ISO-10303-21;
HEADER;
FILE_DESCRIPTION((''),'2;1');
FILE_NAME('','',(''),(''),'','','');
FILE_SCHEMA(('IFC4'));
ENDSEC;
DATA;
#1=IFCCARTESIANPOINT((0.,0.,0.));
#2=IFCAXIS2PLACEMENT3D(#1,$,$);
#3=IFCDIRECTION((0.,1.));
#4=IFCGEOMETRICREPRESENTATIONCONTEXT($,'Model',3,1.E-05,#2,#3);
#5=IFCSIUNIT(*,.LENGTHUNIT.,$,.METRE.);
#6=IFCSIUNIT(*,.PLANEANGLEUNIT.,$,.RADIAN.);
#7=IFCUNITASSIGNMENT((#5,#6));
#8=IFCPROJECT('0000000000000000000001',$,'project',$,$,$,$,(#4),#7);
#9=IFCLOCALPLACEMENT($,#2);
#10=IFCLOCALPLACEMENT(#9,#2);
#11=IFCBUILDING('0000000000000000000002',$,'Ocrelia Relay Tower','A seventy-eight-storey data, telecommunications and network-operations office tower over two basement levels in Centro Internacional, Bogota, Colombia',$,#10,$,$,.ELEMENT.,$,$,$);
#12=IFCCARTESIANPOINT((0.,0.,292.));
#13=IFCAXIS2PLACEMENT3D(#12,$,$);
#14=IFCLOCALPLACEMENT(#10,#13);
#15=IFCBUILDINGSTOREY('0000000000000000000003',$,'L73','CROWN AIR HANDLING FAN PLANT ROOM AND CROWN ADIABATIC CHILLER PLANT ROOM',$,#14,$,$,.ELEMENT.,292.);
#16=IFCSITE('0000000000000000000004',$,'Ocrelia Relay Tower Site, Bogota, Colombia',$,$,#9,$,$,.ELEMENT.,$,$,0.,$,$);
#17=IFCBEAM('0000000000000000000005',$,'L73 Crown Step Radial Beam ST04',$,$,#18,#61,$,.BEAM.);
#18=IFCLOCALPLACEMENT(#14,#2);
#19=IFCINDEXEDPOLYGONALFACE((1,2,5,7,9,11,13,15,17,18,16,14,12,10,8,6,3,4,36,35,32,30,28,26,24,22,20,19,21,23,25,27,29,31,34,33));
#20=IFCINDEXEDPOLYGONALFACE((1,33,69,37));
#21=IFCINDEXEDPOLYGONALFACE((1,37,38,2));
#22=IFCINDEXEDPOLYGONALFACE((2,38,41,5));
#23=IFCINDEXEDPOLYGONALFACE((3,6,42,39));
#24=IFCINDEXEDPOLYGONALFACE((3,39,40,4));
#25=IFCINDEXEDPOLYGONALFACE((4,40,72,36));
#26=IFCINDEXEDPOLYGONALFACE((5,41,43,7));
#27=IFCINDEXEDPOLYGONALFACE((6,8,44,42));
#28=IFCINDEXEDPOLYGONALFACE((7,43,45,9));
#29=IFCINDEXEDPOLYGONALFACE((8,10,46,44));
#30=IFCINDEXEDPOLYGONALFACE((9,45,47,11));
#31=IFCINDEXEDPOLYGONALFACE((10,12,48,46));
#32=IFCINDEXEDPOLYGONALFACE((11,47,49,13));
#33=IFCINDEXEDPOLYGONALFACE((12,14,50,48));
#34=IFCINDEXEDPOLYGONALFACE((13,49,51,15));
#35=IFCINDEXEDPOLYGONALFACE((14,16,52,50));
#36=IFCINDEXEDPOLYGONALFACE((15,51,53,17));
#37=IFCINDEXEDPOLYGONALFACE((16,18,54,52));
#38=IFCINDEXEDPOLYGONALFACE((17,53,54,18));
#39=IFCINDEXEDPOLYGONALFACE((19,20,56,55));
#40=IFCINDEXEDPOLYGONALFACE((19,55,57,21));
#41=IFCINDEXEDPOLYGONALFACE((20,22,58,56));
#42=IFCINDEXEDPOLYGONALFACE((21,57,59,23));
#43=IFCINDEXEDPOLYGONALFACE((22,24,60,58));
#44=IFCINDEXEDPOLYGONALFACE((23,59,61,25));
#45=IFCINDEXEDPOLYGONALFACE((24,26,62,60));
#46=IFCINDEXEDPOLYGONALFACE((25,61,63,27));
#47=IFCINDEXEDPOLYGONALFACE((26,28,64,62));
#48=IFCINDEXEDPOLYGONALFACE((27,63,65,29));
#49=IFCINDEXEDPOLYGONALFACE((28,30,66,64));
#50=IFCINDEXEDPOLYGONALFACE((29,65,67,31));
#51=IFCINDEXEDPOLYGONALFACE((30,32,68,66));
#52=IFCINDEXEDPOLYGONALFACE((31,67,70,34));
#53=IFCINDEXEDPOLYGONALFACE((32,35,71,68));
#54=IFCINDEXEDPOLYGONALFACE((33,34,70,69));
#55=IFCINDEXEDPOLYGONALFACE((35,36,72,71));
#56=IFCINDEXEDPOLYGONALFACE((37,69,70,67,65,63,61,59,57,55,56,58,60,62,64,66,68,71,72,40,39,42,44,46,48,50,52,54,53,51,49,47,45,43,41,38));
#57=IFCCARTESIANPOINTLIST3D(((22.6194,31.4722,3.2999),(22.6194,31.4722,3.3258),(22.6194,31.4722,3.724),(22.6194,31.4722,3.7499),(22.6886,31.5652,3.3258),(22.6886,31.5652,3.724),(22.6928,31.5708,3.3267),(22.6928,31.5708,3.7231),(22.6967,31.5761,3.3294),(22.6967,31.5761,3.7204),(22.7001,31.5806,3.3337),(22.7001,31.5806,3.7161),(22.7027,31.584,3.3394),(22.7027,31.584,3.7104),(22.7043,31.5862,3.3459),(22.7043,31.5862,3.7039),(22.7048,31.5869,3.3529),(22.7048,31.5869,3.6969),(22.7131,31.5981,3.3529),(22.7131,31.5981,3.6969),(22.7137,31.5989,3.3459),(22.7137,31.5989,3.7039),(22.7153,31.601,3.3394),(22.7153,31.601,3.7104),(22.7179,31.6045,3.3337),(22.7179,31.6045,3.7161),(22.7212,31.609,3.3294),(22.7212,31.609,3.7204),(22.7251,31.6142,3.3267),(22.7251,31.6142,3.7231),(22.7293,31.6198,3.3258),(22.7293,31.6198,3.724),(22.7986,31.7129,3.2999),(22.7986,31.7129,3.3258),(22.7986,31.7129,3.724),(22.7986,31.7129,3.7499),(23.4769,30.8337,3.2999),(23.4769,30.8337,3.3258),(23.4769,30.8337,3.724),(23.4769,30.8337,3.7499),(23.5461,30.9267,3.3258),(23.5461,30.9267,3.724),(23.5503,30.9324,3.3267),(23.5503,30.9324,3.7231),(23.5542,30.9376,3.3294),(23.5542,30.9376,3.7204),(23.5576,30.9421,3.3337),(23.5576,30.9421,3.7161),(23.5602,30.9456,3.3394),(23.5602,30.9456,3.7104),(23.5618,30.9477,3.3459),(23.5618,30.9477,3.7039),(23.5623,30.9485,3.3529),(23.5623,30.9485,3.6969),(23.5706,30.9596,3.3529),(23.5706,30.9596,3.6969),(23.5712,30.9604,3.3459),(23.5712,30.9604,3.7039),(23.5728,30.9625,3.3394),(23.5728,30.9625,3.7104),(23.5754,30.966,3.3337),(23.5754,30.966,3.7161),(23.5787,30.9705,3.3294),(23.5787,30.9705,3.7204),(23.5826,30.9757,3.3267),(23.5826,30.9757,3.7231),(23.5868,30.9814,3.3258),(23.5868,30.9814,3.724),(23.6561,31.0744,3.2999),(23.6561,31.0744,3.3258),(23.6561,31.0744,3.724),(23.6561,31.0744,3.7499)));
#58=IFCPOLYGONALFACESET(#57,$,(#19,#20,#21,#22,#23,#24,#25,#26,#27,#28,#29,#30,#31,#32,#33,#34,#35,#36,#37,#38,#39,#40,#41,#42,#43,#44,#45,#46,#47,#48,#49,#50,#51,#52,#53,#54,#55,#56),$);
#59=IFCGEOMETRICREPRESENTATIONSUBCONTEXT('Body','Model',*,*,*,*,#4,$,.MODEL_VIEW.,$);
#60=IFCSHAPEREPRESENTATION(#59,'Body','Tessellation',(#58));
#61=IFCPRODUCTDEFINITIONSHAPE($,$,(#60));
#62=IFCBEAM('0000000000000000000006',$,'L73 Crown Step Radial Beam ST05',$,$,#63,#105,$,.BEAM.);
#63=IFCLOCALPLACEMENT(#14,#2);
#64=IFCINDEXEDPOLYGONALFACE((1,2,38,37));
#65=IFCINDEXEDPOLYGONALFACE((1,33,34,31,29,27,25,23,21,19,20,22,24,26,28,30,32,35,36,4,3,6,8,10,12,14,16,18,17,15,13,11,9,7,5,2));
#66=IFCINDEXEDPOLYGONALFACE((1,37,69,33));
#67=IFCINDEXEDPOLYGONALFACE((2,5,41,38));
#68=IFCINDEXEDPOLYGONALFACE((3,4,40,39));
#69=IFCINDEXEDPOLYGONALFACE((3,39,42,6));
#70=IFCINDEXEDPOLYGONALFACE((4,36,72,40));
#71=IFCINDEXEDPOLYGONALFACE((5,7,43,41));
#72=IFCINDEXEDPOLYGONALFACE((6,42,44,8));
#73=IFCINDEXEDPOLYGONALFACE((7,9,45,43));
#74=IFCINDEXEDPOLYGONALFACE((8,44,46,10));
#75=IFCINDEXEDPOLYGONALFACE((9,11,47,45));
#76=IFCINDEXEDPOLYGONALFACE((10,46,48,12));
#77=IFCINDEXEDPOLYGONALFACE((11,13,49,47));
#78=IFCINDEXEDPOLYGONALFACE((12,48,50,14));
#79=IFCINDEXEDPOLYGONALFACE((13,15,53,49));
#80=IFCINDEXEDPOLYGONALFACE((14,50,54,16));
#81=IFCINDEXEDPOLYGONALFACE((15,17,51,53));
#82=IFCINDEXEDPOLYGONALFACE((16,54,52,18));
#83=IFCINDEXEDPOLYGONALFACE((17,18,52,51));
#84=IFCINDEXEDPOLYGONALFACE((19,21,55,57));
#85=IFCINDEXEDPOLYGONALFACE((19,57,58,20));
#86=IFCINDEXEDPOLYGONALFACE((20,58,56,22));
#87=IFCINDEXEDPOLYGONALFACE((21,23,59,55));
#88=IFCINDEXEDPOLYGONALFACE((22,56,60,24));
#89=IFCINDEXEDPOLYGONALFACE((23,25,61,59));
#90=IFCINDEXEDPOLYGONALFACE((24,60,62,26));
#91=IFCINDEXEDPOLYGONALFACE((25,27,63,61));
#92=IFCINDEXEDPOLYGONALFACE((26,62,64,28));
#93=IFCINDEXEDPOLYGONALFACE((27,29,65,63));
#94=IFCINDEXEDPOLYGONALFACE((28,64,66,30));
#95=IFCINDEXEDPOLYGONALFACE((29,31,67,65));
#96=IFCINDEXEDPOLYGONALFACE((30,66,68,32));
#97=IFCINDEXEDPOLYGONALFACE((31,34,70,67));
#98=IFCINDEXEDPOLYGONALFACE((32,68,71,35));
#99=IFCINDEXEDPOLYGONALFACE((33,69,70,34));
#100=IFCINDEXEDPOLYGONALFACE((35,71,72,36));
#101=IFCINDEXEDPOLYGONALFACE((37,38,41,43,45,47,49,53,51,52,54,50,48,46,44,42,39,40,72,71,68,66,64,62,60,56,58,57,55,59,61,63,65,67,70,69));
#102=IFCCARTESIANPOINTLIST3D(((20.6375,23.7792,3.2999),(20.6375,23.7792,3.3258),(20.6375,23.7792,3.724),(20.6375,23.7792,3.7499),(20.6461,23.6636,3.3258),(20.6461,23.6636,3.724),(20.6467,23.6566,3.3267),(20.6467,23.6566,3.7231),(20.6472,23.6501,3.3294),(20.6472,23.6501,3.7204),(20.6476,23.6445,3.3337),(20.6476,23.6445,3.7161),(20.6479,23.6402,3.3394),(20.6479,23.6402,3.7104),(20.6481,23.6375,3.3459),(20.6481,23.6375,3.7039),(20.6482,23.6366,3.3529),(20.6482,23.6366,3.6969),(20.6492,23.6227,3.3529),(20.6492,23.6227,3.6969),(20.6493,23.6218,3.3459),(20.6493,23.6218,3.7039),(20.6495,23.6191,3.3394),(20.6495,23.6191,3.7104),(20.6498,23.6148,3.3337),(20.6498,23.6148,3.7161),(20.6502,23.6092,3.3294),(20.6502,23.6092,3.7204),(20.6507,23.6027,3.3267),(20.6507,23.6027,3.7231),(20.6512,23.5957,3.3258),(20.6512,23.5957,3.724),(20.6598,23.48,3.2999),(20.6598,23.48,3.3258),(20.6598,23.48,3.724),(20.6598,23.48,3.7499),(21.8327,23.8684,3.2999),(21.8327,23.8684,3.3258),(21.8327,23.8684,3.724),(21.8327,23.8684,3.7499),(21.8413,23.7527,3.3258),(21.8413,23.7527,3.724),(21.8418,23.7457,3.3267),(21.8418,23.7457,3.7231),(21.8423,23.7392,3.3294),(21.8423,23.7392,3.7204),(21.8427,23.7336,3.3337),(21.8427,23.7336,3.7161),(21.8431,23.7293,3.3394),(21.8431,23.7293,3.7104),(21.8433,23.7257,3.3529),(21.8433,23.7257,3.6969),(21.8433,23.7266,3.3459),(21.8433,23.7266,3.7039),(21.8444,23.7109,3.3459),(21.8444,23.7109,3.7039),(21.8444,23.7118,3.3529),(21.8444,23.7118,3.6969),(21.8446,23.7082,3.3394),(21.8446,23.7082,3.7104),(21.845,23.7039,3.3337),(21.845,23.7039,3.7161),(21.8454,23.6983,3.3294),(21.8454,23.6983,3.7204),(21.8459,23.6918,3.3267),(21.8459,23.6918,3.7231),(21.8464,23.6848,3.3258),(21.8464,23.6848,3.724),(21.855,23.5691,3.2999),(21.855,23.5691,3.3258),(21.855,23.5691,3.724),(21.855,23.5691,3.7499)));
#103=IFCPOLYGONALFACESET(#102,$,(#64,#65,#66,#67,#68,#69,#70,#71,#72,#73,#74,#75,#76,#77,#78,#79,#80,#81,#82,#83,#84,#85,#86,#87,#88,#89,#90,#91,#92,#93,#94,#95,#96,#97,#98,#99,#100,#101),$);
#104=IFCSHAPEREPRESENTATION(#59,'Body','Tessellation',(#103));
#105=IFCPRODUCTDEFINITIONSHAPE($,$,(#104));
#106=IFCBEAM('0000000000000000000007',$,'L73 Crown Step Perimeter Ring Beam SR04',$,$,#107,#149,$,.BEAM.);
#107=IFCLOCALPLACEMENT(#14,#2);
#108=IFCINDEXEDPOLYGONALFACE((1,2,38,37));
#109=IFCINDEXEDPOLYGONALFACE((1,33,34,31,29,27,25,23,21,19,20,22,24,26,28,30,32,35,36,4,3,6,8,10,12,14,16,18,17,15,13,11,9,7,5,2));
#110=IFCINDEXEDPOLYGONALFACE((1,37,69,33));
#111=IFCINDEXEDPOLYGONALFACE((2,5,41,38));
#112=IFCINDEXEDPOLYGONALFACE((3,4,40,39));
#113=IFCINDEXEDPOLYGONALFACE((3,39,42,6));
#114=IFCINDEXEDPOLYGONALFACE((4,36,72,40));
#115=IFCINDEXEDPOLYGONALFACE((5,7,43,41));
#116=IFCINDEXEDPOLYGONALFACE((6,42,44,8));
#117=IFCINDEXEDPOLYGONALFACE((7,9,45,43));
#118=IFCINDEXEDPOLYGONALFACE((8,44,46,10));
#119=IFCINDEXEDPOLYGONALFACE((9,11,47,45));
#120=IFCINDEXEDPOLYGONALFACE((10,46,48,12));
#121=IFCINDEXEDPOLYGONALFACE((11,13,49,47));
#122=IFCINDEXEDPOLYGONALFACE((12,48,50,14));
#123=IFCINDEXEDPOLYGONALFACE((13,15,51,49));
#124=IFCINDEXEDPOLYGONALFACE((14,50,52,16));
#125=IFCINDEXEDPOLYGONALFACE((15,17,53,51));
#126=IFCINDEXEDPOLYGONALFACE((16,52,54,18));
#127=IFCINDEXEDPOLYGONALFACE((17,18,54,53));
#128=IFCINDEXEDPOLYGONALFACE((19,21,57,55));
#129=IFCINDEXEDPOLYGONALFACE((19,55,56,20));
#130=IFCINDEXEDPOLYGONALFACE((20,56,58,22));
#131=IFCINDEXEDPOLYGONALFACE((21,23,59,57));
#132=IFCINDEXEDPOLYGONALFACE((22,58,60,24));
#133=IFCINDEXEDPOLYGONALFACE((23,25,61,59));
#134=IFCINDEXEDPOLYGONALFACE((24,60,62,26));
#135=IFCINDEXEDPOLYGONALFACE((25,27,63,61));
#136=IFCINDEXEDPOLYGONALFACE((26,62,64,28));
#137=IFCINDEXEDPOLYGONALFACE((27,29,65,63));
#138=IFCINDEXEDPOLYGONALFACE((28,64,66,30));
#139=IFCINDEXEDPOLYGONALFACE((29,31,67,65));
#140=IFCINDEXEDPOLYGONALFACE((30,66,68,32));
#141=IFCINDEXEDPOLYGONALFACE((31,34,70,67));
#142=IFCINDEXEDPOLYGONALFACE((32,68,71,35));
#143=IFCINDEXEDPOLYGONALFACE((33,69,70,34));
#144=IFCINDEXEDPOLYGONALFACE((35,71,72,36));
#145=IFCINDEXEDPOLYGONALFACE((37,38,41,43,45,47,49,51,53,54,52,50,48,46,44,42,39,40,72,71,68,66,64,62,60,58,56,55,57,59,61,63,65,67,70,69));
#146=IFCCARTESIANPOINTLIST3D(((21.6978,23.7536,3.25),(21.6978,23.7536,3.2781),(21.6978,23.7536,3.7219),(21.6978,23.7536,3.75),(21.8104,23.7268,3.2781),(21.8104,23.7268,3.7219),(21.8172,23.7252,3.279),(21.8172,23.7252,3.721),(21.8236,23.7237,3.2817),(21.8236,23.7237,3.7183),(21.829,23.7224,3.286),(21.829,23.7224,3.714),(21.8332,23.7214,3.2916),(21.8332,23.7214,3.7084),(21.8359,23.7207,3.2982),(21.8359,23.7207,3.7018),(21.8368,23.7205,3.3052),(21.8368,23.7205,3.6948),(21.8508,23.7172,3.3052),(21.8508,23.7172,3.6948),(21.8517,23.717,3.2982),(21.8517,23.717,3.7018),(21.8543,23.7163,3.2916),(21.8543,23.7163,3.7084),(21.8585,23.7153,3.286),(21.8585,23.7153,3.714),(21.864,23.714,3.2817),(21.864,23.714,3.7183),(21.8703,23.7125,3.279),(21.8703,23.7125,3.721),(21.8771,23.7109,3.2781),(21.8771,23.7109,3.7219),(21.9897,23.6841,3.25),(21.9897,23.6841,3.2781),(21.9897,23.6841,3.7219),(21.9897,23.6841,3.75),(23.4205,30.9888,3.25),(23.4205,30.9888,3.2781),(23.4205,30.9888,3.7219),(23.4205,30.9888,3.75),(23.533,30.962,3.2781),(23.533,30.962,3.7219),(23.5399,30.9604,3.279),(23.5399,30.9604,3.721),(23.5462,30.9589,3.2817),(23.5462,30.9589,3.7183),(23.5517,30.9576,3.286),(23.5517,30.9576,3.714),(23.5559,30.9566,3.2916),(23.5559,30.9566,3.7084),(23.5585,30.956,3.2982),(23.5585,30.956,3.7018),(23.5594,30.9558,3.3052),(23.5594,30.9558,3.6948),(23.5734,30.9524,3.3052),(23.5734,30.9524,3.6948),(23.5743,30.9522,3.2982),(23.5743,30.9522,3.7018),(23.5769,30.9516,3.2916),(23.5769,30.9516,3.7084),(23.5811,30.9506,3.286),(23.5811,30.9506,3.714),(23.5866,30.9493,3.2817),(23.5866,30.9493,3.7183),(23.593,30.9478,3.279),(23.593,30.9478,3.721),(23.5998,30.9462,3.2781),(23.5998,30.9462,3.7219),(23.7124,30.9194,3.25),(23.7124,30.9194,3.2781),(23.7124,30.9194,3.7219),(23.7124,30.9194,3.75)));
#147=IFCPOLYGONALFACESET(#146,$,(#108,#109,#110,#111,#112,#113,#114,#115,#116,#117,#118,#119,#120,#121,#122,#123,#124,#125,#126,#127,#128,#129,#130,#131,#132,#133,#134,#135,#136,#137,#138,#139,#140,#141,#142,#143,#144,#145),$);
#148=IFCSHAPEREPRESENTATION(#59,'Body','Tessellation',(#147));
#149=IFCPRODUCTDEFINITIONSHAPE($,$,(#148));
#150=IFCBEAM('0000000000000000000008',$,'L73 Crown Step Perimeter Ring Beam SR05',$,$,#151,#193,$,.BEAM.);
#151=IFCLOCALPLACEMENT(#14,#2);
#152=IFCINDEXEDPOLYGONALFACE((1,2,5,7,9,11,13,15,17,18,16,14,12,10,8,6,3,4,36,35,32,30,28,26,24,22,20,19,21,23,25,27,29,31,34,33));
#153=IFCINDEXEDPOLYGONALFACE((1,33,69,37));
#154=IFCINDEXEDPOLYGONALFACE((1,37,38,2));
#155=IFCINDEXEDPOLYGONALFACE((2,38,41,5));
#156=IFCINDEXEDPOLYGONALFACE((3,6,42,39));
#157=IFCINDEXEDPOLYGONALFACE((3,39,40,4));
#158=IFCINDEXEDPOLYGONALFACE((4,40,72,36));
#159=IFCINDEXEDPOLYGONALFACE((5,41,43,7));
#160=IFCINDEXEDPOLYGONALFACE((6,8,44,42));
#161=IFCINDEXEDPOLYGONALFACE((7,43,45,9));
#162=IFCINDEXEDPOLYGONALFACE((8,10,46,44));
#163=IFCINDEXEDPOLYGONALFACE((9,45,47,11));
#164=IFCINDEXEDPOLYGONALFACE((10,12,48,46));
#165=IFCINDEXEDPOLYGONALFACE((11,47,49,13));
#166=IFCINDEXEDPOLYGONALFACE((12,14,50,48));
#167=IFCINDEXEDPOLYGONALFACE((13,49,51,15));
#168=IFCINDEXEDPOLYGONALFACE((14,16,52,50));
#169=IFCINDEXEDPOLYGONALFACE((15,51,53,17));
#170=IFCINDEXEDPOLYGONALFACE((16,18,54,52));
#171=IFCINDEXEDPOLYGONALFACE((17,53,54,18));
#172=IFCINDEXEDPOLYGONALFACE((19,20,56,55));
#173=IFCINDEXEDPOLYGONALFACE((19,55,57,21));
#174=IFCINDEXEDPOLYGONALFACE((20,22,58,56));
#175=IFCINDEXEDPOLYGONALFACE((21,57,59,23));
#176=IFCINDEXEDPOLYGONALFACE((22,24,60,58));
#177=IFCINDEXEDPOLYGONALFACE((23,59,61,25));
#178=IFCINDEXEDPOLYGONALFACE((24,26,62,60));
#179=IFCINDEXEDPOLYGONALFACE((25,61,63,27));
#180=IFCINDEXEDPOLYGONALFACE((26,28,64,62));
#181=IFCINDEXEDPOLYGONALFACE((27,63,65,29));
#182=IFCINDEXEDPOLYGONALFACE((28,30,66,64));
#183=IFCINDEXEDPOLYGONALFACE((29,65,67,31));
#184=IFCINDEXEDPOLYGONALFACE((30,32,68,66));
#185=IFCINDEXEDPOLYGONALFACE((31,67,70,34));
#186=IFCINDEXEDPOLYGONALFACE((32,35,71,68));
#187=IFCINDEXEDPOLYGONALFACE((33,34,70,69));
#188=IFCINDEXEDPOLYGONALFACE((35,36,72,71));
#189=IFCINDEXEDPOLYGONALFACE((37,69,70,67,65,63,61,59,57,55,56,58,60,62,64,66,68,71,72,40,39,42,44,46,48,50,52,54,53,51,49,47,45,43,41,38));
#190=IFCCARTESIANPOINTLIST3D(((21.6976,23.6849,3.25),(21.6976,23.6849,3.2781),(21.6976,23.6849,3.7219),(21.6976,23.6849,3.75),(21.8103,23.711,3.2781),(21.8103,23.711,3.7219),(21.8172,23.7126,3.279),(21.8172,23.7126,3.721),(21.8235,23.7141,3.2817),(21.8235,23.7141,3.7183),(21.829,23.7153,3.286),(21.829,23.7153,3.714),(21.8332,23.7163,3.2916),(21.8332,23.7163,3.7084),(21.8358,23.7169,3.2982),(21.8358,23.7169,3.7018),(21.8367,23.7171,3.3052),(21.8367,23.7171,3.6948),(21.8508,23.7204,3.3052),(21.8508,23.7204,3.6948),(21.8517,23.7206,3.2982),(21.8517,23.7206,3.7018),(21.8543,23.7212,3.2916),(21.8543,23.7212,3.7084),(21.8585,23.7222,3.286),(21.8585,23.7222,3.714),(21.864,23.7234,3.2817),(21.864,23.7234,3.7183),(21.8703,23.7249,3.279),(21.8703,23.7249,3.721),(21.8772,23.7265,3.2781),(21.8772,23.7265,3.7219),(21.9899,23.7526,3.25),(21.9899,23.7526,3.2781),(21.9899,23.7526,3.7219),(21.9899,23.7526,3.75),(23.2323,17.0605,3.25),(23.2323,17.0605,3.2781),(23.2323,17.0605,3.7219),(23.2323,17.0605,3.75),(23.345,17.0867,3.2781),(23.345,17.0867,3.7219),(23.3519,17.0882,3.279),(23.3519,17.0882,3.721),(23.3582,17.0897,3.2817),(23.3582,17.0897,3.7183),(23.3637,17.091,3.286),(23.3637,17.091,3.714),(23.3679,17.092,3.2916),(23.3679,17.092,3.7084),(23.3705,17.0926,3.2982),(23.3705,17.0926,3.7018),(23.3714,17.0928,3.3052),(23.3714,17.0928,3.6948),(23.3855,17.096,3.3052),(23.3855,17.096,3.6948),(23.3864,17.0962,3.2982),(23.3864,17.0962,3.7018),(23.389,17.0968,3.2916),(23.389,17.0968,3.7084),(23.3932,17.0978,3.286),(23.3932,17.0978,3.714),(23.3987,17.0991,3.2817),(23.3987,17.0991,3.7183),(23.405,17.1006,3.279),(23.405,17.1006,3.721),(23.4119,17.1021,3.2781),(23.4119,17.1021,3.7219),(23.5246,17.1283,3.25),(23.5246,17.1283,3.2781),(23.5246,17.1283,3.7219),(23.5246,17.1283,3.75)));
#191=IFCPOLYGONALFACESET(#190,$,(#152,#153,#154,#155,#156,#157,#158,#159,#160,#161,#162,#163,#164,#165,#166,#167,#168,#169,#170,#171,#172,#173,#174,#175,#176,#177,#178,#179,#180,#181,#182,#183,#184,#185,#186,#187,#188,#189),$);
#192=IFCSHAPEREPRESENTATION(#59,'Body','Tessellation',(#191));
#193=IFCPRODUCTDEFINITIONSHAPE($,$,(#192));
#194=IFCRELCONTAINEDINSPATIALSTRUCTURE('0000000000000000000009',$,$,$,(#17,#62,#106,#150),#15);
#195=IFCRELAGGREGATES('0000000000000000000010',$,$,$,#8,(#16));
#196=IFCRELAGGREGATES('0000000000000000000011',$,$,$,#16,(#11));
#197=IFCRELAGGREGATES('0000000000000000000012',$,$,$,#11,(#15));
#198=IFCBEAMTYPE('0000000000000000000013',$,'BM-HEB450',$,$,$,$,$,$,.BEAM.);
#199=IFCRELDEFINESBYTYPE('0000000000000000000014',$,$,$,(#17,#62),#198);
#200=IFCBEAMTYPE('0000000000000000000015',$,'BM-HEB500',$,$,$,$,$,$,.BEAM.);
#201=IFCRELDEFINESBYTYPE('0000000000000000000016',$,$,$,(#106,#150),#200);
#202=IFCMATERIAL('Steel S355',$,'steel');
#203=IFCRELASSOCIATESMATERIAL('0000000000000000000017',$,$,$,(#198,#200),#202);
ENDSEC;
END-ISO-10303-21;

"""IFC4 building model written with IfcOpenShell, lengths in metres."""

from ifc_helpers import new_model, si_unit, direction, frame, origin, origin_2d, place, context, subcontext, project, spatial, i_section, extrude, material, material_profile, profile_set, type_object, element, save


model = new_model("IFC4")

# Units and contexts
model_context = context("Model", 3, precision=1e-05, world=origin(), true_north=direction((0.0, 1.0)))
body_context = subcontext(model_context, "Body", "Model", "MODEL_VIEW")
ifc_project = project(units=[si_unit("LENGTHUNIT", "METRE"), si_unit("PLANEANGLEUNIT", "RADIAN")], contexts=[model_context])

# Site, building, storey
site_placement = place(None, origin())
site = spatial("IfcSite", under=ifc_project, at=site_placement, Name="Ocrelia Relay Tower Site, Bogota, Colombia", CompositionType="ELEMENT", RefElevation=0.0)
building_placement = place(site_placement, origin())
building = spatial("IfcBuilding", under=site, at=building_placement, Name="Ocrelia Relay Tower", Description="A seventy-eight-storey data, telecommunications and network-operations office tower over two basement levels in Centro Internacional, Bogota, Colombia", CompositionType="ELEMENT")
storey_placement = place(building_placement, frame((0.0, 0.0, 292.0)))
storey = spatial("IfcBuildingStorey", under=building, at=storey_placement, Name="L73", Description="CROWN AIR HANDLING FAN PLANT ROOM AND CROWN ADIABATIC CHILLER PLANT ROOM", CompositionType="ELEMENT", Elevation=292.0)

# Beams
ifc_material_1 = material(Name="Steel S355", Category="steel")
ifc_material_profile_1 = material_profile(ifc_material_1, i_section(OverallWidth=0.3, OverallDepth=0.45, WebThickness=0.0139, FlangeThickness=0.0259, FilletRadius=0.0271, at=origin_2d()), Name="HEB 450")
ifc_profile_set_1 = profile_set([ifc_material_profile_1], Name="Steel S355")
beam_type_1 = type_object("IfcBeamType", Name="BM-HEB450", PredefinedType="BEAM", material=ifc_profile_set_1)
beam_1_placement = place(storey_placement, frame((22.709, 31.5925, 3.5249), z_axis=(0.802078, -0.597219, 0.0), x_axis=(0.597219, 0.802078, 0.0)))
element("IfcBeam", 1, at=beam_1_placement, inside=storey, type_object=beam_type_1, Name="L73 Crown Step Radial Beam ST04", PredefinedType="BEAM", context=body_context, shape_type="SweptSolid", body=[
    extrude(i_section(OverallWidth=0.3, OverallDepth=0.45, WebThickness=0.0139, FlangeThickness=0.0259, FilletRadius=0.0271, at=origin_2d()), origin(), (0.0, 0.0, 1.0), 1.0691),
])
beam_2_placement = place(storey_placement, frame((20.6487, 23.6296, 3.5249), z_axis=(0.997232, 0.074359, 0.0), x_axis=(-0.074359, 0.997232, 0.0)))
element("IfcBeam", 2, at=beam_2_placement, inside=storey, type_object=beam_type_1, Name="L73 Crown Step Radial Beam ST05", PredefinedType="BEAM", context=body_context, shape_type="SweptSolid", body=[
    extrude(i_section(OverallWidth=0.3, OverallDepth=0.45, WebThickness=0.0139, FlangeThickness=0.0259, FilletRadius=0.0271, at=origin_2d()), origin(), (0.0, 0.0, 1.0), 1.1985),
])
ifc_material_profile_2 = material_profile(ifc_material_1, i_section(OverallWidth=0.3, OverallDepth=0.5, WebThickness=0.0144, FlangeThickness=0.0281, FilletRadius=0.0271, at=origin_2d()), Name="HEB 500")
ifc_profile_set_2 = profile_set([ifc_material_profile_2], Name="Steel S355")
beam_type_2 = type_object("IfcBeamType", Name="BM-HEB500", PredefinedType="BEAM", material=ifc_profile_set_2)
beam_3_placement = place(storey_placement, frame((23.5664, 30.9541, 3.5), z_axis=(-0.231615, -0.972808, 0.0), x_axis=(0.972808, -0.231615, 0.0)))
element("IfcBeam", 3, at=beam_3_placement, inside=storey, type_object=beam_type_2, Name="L73 Crown Step Perimeter Ring Beam SR04", PredefinedType="BEAM", context=body_context, shape_type="SweptSolid", body=[
    extrude(i_section(OverallWidth=0.3, OverallDepth=0.5, WebThickness=0.0144, FlangeThickness=0.0281, FilletRadius=0.0271, at=origin_2d()), origin(), (0.0, 0.0, 1.0), 7.4375),
])
beam_4_placement = place(storey_placement, frame((21.8438, 23.7188, 3.5), z_axis=(0.225696, -0.974198, 0.0), x_axis=(0.974198, 0.225696, 0.0)))
element("IfcBeam", 4, at=beam_4_placement, inside=storey, type_object=beam_type_2, Name="L73 Crown Step Perimeter Ring Beam SR05", PredefinedType="BEAM", context=body_context, shape_type="SweptSolid", body=[
    extrude(i_section(OverallWidth=0.3, OverallDepth=0.5, WebThickness=0.0144, FlangeThickness=0.0281, FilletRadius=0.0271, at=origin_2d()), origin(), (0.0, 0.0, 1.0), 6.7998),
])

save(model, "model.ifc")
